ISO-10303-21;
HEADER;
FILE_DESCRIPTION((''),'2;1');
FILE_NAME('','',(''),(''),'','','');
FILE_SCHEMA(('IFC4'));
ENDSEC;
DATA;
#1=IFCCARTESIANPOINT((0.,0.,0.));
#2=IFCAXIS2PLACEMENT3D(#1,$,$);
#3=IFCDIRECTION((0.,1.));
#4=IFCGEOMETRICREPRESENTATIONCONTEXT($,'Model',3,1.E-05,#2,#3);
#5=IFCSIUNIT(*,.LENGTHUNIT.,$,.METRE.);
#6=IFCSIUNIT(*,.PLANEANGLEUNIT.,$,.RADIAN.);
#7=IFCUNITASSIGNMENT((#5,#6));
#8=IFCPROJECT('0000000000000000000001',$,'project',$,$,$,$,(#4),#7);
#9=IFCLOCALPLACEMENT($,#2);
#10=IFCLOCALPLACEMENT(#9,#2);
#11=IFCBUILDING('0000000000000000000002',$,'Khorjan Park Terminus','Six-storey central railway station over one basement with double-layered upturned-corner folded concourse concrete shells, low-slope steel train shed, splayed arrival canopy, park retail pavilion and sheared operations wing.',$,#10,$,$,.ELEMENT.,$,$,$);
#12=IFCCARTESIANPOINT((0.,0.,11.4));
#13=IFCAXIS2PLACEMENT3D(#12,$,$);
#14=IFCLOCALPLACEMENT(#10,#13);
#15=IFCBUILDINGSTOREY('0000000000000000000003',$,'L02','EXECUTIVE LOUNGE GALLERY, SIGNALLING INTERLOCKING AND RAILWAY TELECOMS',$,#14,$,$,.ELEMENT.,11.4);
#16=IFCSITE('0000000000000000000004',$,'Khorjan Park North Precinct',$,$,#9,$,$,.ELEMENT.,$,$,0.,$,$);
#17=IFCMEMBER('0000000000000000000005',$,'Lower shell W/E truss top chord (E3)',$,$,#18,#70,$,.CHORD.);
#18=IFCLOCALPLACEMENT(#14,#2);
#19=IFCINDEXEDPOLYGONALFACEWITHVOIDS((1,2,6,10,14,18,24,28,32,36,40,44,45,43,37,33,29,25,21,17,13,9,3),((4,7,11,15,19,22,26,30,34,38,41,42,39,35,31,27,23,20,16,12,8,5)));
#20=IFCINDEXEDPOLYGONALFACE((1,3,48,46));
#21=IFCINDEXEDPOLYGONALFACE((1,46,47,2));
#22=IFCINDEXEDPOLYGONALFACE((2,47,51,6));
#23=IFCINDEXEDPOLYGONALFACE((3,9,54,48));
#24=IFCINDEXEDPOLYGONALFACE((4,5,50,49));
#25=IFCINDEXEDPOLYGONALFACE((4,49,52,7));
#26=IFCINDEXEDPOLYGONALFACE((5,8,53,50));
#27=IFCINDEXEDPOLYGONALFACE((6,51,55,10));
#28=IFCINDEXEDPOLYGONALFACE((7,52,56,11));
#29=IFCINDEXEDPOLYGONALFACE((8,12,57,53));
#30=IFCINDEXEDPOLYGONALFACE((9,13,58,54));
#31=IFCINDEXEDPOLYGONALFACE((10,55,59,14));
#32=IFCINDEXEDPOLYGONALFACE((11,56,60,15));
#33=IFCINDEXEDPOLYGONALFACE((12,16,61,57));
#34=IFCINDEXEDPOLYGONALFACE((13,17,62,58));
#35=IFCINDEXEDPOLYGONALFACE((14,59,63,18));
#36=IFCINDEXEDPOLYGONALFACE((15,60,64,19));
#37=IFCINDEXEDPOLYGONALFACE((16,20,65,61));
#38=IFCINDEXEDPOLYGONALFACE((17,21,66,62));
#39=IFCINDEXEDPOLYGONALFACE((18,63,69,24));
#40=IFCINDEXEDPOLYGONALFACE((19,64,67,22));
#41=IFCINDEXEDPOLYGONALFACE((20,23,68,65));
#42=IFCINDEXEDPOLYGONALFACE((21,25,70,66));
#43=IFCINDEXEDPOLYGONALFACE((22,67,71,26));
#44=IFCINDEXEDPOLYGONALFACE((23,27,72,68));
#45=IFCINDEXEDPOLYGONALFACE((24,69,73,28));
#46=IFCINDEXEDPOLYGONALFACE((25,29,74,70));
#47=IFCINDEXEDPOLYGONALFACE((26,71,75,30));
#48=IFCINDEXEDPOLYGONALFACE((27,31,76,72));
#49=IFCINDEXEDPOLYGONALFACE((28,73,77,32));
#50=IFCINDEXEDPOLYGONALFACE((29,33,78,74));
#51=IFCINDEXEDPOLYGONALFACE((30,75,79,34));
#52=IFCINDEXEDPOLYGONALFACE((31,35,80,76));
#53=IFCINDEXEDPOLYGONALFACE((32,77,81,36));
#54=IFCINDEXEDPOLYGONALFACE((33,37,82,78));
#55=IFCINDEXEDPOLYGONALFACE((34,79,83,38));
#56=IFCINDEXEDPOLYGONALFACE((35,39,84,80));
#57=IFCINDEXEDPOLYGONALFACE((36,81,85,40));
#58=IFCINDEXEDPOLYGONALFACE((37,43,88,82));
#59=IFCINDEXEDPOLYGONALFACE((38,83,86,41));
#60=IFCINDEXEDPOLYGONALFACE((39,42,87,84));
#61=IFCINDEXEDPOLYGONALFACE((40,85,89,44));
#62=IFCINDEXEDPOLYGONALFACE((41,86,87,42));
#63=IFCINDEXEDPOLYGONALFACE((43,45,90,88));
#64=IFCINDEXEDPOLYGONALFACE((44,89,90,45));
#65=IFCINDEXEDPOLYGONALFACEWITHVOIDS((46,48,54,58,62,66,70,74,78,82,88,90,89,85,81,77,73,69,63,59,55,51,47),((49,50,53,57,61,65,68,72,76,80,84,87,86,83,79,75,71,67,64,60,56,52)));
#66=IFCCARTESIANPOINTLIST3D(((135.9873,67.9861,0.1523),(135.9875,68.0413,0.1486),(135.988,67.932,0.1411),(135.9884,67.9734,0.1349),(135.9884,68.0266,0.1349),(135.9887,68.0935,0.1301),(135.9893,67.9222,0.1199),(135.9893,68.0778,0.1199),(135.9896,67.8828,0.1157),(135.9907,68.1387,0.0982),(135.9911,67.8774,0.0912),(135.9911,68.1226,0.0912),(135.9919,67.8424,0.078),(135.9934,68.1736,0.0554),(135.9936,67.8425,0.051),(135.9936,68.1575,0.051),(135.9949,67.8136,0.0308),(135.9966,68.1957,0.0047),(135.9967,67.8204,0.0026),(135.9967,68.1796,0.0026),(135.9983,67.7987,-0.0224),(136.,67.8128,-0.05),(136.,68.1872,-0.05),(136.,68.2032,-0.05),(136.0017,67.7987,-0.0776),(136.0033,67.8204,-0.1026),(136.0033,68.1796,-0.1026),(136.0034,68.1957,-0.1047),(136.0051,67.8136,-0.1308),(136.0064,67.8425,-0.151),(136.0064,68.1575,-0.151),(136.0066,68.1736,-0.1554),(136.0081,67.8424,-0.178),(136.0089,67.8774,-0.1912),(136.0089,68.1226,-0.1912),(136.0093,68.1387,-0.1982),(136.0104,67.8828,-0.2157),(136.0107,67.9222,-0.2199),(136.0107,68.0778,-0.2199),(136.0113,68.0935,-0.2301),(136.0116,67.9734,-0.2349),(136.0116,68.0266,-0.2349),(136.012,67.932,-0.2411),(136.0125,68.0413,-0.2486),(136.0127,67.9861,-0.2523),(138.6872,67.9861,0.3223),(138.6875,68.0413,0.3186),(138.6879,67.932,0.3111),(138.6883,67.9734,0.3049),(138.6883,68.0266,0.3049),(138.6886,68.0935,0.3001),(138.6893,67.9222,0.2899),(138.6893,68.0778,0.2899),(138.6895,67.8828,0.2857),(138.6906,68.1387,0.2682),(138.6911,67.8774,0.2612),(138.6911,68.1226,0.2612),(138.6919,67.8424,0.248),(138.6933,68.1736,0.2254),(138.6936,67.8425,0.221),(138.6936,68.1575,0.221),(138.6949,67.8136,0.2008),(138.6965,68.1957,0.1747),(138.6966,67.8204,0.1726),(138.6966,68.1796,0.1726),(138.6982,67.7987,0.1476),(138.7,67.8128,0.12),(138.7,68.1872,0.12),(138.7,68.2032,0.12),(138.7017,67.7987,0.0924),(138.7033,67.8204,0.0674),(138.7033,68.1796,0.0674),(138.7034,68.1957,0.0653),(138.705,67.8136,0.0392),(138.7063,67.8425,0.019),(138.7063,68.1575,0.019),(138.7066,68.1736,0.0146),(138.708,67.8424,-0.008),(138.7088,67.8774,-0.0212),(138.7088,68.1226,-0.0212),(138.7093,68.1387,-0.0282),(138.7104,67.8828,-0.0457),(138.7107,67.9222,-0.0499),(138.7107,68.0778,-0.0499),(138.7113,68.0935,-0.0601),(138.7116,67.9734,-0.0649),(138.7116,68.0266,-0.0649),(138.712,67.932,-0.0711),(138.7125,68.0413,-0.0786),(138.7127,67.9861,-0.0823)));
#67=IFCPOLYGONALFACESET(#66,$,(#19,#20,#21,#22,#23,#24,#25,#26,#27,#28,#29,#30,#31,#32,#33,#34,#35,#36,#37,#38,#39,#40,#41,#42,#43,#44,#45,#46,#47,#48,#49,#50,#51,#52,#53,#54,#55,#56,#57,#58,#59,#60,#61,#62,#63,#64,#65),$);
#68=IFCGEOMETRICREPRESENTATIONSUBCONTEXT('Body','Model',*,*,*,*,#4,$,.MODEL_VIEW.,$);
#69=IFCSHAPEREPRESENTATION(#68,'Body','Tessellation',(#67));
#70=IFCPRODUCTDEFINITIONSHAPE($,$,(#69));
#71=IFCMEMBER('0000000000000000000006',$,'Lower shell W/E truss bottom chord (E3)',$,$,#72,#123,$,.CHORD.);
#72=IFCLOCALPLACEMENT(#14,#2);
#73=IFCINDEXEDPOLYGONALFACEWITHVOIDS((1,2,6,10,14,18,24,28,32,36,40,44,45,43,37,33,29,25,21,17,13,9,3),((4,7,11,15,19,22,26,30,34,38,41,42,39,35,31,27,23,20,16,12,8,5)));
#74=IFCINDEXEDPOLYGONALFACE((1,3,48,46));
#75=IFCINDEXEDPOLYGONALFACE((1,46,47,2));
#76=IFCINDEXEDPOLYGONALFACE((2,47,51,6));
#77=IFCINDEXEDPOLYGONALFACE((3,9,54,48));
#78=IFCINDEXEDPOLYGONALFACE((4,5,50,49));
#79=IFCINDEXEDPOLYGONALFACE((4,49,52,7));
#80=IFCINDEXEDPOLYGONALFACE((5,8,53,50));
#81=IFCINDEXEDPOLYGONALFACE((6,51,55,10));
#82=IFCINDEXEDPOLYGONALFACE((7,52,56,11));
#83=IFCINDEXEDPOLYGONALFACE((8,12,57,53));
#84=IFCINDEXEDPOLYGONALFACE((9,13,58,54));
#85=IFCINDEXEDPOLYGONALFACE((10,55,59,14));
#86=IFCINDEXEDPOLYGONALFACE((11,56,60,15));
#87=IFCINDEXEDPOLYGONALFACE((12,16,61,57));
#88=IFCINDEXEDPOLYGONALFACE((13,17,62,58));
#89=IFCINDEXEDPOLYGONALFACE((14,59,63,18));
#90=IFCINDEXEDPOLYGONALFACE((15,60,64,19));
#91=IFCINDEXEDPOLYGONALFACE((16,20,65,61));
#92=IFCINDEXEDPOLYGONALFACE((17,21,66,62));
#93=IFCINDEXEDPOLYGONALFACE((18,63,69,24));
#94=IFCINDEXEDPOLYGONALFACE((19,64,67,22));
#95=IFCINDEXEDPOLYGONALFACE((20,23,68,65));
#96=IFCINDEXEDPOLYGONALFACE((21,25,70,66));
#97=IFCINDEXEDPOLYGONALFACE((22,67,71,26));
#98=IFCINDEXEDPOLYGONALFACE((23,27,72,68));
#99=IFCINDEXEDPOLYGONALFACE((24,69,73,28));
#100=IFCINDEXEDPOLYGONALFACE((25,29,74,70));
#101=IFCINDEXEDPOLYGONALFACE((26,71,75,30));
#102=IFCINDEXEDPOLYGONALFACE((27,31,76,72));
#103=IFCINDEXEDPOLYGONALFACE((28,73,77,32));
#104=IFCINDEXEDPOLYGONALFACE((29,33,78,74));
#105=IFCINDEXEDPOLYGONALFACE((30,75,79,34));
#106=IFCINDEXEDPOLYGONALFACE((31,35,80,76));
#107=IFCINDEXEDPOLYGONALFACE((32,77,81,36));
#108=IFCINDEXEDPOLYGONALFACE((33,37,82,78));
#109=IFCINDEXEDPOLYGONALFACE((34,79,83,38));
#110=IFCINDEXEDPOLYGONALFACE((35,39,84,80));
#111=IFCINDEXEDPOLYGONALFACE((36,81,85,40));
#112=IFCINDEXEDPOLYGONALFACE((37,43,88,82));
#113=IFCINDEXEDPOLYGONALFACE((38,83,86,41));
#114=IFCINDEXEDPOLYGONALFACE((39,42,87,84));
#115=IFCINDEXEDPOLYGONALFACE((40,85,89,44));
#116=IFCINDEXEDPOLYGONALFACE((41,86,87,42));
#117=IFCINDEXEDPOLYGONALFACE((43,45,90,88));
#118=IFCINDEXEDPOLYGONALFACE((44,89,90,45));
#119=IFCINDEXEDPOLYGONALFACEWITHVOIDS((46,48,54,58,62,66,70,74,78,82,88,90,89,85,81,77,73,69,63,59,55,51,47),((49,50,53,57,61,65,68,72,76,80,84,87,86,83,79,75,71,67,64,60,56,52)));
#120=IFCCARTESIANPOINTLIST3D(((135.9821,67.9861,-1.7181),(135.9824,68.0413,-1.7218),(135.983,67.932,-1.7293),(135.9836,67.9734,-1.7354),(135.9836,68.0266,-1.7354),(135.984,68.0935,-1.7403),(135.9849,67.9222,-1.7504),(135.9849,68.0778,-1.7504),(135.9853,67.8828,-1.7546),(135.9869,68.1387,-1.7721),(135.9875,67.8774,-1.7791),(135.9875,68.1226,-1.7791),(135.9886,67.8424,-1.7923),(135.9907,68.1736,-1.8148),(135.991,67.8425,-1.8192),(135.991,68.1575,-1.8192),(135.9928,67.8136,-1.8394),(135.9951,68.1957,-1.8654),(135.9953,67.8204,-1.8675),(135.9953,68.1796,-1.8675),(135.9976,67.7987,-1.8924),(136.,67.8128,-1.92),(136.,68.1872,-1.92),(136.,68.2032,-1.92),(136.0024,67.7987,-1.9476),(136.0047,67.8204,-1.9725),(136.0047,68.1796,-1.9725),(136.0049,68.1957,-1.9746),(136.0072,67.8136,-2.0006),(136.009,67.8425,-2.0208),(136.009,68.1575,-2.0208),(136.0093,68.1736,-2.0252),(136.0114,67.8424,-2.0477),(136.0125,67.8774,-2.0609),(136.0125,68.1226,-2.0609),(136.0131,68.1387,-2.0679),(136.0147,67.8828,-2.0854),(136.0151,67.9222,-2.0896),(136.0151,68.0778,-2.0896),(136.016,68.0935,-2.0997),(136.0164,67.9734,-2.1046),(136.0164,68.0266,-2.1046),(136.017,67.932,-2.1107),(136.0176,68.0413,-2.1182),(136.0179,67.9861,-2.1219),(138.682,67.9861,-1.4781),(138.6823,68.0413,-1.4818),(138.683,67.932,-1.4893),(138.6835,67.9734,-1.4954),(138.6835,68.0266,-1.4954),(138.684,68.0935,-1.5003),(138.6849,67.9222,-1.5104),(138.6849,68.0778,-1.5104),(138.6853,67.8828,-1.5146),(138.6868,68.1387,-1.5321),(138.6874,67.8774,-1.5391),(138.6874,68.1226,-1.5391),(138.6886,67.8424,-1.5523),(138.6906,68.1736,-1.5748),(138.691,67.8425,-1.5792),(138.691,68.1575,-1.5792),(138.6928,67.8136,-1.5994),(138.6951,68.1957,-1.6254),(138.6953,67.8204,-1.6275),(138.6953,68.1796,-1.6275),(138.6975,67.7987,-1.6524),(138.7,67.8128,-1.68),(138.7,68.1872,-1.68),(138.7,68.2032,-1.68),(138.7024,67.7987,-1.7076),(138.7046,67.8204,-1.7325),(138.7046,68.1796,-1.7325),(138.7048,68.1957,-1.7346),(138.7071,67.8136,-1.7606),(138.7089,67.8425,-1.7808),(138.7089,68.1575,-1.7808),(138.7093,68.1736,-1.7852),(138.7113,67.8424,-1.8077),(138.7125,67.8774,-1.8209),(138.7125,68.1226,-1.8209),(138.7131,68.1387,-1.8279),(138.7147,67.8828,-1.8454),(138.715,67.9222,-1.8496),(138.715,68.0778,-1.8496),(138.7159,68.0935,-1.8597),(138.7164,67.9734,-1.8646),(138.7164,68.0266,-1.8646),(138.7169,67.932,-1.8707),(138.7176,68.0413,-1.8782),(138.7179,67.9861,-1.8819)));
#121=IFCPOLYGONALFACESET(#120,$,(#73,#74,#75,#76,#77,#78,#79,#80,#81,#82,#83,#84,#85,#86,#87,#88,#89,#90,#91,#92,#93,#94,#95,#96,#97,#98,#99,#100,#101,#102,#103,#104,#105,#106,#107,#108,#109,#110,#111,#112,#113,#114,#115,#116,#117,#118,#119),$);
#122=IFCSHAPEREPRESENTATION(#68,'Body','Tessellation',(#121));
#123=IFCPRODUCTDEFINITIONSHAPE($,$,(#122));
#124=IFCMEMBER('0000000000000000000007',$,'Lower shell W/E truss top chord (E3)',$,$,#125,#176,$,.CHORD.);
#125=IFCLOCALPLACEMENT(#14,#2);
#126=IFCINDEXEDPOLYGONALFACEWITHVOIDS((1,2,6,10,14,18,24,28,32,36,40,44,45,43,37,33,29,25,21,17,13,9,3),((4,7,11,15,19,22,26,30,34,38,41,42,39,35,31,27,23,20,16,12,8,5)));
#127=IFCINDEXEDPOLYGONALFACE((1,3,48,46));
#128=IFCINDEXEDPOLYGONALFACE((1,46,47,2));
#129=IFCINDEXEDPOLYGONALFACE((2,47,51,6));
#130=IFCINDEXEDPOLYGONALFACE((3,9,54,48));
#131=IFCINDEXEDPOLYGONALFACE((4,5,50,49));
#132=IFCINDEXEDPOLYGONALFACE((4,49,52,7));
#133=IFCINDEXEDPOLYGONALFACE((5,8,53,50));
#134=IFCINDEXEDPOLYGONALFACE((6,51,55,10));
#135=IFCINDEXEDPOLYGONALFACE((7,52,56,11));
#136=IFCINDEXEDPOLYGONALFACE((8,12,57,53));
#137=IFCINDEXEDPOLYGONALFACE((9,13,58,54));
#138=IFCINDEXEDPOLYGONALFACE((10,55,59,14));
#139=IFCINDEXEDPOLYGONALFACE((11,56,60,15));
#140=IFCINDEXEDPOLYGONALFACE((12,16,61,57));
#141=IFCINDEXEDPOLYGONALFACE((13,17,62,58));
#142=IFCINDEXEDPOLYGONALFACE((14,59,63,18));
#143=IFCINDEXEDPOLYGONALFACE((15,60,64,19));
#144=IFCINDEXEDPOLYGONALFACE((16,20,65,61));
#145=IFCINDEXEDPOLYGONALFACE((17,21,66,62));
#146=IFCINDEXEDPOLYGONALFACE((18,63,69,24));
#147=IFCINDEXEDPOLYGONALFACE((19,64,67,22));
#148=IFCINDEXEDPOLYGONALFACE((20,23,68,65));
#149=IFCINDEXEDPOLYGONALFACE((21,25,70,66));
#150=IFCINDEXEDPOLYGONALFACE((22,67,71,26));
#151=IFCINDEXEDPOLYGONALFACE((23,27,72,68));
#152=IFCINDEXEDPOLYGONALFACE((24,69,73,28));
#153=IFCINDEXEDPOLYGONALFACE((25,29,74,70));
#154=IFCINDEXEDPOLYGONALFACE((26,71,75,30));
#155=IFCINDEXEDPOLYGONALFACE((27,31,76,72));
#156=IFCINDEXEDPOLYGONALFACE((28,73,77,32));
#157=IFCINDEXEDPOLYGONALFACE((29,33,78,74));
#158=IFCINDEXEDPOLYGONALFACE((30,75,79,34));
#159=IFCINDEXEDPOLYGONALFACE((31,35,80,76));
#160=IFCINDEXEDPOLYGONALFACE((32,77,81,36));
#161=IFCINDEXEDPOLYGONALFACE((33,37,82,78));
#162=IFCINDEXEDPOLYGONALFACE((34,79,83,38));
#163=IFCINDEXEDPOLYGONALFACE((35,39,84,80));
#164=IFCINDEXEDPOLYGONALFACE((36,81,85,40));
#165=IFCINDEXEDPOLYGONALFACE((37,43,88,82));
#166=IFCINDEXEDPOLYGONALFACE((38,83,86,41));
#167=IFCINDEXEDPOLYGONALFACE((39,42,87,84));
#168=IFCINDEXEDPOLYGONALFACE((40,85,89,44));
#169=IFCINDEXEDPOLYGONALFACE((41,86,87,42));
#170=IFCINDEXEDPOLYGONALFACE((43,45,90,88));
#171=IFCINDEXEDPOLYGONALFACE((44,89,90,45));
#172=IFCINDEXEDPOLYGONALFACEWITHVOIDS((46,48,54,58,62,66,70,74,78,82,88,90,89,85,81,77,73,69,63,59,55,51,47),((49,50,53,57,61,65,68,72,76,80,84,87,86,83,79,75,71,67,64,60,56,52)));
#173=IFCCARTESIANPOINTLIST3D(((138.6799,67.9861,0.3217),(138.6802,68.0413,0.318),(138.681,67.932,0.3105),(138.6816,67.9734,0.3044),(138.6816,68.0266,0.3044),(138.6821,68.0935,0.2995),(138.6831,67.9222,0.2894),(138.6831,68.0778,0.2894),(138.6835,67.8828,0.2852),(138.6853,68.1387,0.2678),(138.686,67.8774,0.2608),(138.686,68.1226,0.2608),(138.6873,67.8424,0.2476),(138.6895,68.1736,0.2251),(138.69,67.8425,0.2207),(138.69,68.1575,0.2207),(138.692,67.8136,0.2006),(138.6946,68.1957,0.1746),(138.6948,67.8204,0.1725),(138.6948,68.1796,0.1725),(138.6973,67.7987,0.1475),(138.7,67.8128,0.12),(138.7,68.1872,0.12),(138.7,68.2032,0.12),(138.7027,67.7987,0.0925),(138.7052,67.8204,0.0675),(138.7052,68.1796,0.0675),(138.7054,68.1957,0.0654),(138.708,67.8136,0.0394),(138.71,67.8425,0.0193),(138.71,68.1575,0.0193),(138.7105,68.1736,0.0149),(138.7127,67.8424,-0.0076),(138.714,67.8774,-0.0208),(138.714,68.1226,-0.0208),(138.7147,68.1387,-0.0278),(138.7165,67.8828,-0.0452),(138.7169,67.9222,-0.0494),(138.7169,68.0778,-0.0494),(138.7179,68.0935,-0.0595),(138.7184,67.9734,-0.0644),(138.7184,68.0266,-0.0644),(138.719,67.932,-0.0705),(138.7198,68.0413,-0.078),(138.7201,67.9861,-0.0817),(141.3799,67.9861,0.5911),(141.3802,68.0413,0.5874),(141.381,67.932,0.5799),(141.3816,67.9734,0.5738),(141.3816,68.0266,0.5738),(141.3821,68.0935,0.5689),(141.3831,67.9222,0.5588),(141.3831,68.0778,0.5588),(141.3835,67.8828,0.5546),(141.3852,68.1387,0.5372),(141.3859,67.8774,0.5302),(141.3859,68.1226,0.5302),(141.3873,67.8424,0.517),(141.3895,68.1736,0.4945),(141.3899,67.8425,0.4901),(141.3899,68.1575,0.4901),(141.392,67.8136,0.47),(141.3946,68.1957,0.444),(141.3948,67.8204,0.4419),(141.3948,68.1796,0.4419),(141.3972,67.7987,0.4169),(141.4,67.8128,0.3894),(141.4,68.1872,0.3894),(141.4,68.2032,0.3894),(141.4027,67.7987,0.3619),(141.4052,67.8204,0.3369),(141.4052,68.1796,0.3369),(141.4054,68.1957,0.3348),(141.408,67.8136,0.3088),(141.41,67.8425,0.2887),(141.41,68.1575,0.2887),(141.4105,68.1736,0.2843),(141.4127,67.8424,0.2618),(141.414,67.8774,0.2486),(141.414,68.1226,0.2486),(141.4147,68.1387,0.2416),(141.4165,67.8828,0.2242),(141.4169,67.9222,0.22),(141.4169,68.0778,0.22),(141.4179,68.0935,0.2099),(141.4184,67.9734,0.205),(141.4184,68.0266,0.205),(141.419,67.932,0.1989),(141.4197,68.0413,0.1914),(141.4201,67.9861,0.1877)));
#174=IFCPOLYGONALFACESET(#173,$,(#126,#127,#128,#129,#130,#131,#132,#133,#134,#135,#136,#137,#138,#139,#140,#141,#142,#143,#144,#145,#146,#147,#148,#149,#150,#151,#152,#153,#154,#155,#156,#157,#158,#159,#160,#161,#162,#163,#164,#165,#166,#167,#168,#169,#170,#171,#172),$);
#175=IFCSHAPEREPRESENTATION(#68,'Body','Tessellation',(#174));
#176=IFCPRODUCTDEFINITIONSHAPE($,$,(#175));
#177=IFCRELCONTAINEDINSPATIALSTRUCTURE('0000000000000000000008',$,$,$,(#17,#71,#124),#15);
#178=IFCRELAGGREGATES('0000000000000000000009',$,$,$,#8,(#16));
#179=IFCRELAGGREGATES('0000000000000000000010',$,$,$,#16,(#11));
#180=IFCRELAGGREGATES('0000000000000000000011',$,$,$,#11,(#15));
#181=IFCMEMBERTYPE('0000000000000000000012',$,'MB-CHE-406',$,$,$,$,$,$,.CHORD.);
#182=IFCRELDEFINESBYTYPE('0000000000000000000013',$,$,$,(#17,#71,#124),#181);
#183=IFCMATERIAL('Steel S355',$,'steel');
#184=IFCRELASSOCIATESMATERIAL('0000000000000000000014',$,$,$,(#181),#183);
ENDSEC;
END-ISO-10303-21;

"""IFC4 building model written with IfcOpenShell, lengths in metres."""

from ifc_helpers import new_model, si_unit, direction, frame, origin, origin_2d, place, context, subcontext, project, spatial, hollow_circle, extrude, material, material_profile, profile_set, type_object, element, save


model = new_model("IFC4")

# Units and contexts
model_context = context("Model", 3, precision=1e-05, world=origin(), true_north=direction((0.0, 1.0)))
body_context = subcontext(model_context, "Body", "Model", "MODEL_VIEW")
ifc_project = project(units=[si_unit("LENGTHUNIT", "METRE"), si_unit("PLANEANGLEUNIT", "RADIAN")], contexts=[model_context])

# Site, building, storey
site_placement = place(None, origin())
site = spatial("IfcSite", under=ifc_project, at=site_placement, Name="Khorjan Park North Precinct", CompositionType="ELEMENT", RefElevation=0.0)
building_placement = place(site_placement, origin())
building = spatial("IfcBuilding", under=site, at=building_placement, Name="Khorjan Park Terminus", Description="Six-storey central railway station over one basement with double-layered upturned-corner folded concourse concrete shells, low-slope steel train shed, splayed arrival canopy, park retail pavilion and sheared operations wing.", CompositionType="ELEMENT")
storey_placement = place(building_placement, frame((0.0, 0.0, 11.4)))
storey = spatial("IfcBuildingStorey", under=building, at=storey_placement, Name="L02", Description="EXECUTIVE LOUNGE GALLERY, SIGNALLING INTERLOCKING AND RAILWAY TELECOMS", CompositionType="ELEMENT", Elevation=11.4)

# Members
ifc_material_1 = material(Name="Steel S355", Category="steel")
ifc_material_profile_1 = material_profile(ifc_material_1, hollow_circle(Radius=0.2032, WallThickness=0.016, at=origin_2d()), Name="CHS 406.4x16")
ifc_profile_set_1 = profile_set([ifc_material_profile_1], Name="Steel S355")
member_type_1 = type_object("IfcMemberType", Name="MB-CHE-406", PredefinedType="CHORD", material=ifc_profile_set_1)
member_1_placement = place(storey_placement, frame((136.0, 68.0, -0.05), z_axis=(0.998024, 0.0, 0.062839), x_axis=(0.0, 1.0, 0.0)))
element("IfcMember", 1, at=member_1_placement, inside=storey, type_object=member_type_1, Name="Lower shell W/E truss top chord (E3)", PredefinedType="CHORD", context=body_context, shape_type="SweptSolid", body=[
    extrude(hollow_circle(Radius=0.2032, WallThickness=0.016, at=origin_2d()), origin(), (0.0, 0.0, 1.0), 2.7053),
])
member_2_placement = place(storey_placement, frame((136.0, 68.0, -1.92), z_axis=(0.996073, 0.0, 0.08854), x_axis=(0.0, 1.0, 0.0)))
element("IfcMember", 2, at=member_2_placement, inside=storey, type_object=member_type_1, Name="Lower shell W/E truss bottom chord (E3)", PredefinedType="CHORD", context=body_context, shape_type="SweptSolid", body=[
    extrude(hollow_circle(Radius=0.2032, WallThickness=0.016, at=origin_2d()), origin(), (0.0, 0.0, 1.0), 2.7106),
])
for number, where, z_axis, x_axis, name in (
    (3, (138.7, 68.0, 0.12), (0.995059, 0.0, 0.099285), (0.0, 1.0, 0.0), "Lower shell W/E truss top chord (E3)"),
):
    element("IfcMember", number, at=place(storey_placement, frame(where, z_axis=z_axis, x_axis=x_axis)), inside=storey, type_object=member_type_1, Name=name, PredefinedType="CHORD", context=body_context, shape_type="SweptSolid", body=[
        extrude(hollow_circle(Radius=0.2032, WallThickness=0.016, at=origin_2d()), origin(), (0.0, 0.0, 1.0), 2.7134),
    ])

save(model, "model.ifc")
